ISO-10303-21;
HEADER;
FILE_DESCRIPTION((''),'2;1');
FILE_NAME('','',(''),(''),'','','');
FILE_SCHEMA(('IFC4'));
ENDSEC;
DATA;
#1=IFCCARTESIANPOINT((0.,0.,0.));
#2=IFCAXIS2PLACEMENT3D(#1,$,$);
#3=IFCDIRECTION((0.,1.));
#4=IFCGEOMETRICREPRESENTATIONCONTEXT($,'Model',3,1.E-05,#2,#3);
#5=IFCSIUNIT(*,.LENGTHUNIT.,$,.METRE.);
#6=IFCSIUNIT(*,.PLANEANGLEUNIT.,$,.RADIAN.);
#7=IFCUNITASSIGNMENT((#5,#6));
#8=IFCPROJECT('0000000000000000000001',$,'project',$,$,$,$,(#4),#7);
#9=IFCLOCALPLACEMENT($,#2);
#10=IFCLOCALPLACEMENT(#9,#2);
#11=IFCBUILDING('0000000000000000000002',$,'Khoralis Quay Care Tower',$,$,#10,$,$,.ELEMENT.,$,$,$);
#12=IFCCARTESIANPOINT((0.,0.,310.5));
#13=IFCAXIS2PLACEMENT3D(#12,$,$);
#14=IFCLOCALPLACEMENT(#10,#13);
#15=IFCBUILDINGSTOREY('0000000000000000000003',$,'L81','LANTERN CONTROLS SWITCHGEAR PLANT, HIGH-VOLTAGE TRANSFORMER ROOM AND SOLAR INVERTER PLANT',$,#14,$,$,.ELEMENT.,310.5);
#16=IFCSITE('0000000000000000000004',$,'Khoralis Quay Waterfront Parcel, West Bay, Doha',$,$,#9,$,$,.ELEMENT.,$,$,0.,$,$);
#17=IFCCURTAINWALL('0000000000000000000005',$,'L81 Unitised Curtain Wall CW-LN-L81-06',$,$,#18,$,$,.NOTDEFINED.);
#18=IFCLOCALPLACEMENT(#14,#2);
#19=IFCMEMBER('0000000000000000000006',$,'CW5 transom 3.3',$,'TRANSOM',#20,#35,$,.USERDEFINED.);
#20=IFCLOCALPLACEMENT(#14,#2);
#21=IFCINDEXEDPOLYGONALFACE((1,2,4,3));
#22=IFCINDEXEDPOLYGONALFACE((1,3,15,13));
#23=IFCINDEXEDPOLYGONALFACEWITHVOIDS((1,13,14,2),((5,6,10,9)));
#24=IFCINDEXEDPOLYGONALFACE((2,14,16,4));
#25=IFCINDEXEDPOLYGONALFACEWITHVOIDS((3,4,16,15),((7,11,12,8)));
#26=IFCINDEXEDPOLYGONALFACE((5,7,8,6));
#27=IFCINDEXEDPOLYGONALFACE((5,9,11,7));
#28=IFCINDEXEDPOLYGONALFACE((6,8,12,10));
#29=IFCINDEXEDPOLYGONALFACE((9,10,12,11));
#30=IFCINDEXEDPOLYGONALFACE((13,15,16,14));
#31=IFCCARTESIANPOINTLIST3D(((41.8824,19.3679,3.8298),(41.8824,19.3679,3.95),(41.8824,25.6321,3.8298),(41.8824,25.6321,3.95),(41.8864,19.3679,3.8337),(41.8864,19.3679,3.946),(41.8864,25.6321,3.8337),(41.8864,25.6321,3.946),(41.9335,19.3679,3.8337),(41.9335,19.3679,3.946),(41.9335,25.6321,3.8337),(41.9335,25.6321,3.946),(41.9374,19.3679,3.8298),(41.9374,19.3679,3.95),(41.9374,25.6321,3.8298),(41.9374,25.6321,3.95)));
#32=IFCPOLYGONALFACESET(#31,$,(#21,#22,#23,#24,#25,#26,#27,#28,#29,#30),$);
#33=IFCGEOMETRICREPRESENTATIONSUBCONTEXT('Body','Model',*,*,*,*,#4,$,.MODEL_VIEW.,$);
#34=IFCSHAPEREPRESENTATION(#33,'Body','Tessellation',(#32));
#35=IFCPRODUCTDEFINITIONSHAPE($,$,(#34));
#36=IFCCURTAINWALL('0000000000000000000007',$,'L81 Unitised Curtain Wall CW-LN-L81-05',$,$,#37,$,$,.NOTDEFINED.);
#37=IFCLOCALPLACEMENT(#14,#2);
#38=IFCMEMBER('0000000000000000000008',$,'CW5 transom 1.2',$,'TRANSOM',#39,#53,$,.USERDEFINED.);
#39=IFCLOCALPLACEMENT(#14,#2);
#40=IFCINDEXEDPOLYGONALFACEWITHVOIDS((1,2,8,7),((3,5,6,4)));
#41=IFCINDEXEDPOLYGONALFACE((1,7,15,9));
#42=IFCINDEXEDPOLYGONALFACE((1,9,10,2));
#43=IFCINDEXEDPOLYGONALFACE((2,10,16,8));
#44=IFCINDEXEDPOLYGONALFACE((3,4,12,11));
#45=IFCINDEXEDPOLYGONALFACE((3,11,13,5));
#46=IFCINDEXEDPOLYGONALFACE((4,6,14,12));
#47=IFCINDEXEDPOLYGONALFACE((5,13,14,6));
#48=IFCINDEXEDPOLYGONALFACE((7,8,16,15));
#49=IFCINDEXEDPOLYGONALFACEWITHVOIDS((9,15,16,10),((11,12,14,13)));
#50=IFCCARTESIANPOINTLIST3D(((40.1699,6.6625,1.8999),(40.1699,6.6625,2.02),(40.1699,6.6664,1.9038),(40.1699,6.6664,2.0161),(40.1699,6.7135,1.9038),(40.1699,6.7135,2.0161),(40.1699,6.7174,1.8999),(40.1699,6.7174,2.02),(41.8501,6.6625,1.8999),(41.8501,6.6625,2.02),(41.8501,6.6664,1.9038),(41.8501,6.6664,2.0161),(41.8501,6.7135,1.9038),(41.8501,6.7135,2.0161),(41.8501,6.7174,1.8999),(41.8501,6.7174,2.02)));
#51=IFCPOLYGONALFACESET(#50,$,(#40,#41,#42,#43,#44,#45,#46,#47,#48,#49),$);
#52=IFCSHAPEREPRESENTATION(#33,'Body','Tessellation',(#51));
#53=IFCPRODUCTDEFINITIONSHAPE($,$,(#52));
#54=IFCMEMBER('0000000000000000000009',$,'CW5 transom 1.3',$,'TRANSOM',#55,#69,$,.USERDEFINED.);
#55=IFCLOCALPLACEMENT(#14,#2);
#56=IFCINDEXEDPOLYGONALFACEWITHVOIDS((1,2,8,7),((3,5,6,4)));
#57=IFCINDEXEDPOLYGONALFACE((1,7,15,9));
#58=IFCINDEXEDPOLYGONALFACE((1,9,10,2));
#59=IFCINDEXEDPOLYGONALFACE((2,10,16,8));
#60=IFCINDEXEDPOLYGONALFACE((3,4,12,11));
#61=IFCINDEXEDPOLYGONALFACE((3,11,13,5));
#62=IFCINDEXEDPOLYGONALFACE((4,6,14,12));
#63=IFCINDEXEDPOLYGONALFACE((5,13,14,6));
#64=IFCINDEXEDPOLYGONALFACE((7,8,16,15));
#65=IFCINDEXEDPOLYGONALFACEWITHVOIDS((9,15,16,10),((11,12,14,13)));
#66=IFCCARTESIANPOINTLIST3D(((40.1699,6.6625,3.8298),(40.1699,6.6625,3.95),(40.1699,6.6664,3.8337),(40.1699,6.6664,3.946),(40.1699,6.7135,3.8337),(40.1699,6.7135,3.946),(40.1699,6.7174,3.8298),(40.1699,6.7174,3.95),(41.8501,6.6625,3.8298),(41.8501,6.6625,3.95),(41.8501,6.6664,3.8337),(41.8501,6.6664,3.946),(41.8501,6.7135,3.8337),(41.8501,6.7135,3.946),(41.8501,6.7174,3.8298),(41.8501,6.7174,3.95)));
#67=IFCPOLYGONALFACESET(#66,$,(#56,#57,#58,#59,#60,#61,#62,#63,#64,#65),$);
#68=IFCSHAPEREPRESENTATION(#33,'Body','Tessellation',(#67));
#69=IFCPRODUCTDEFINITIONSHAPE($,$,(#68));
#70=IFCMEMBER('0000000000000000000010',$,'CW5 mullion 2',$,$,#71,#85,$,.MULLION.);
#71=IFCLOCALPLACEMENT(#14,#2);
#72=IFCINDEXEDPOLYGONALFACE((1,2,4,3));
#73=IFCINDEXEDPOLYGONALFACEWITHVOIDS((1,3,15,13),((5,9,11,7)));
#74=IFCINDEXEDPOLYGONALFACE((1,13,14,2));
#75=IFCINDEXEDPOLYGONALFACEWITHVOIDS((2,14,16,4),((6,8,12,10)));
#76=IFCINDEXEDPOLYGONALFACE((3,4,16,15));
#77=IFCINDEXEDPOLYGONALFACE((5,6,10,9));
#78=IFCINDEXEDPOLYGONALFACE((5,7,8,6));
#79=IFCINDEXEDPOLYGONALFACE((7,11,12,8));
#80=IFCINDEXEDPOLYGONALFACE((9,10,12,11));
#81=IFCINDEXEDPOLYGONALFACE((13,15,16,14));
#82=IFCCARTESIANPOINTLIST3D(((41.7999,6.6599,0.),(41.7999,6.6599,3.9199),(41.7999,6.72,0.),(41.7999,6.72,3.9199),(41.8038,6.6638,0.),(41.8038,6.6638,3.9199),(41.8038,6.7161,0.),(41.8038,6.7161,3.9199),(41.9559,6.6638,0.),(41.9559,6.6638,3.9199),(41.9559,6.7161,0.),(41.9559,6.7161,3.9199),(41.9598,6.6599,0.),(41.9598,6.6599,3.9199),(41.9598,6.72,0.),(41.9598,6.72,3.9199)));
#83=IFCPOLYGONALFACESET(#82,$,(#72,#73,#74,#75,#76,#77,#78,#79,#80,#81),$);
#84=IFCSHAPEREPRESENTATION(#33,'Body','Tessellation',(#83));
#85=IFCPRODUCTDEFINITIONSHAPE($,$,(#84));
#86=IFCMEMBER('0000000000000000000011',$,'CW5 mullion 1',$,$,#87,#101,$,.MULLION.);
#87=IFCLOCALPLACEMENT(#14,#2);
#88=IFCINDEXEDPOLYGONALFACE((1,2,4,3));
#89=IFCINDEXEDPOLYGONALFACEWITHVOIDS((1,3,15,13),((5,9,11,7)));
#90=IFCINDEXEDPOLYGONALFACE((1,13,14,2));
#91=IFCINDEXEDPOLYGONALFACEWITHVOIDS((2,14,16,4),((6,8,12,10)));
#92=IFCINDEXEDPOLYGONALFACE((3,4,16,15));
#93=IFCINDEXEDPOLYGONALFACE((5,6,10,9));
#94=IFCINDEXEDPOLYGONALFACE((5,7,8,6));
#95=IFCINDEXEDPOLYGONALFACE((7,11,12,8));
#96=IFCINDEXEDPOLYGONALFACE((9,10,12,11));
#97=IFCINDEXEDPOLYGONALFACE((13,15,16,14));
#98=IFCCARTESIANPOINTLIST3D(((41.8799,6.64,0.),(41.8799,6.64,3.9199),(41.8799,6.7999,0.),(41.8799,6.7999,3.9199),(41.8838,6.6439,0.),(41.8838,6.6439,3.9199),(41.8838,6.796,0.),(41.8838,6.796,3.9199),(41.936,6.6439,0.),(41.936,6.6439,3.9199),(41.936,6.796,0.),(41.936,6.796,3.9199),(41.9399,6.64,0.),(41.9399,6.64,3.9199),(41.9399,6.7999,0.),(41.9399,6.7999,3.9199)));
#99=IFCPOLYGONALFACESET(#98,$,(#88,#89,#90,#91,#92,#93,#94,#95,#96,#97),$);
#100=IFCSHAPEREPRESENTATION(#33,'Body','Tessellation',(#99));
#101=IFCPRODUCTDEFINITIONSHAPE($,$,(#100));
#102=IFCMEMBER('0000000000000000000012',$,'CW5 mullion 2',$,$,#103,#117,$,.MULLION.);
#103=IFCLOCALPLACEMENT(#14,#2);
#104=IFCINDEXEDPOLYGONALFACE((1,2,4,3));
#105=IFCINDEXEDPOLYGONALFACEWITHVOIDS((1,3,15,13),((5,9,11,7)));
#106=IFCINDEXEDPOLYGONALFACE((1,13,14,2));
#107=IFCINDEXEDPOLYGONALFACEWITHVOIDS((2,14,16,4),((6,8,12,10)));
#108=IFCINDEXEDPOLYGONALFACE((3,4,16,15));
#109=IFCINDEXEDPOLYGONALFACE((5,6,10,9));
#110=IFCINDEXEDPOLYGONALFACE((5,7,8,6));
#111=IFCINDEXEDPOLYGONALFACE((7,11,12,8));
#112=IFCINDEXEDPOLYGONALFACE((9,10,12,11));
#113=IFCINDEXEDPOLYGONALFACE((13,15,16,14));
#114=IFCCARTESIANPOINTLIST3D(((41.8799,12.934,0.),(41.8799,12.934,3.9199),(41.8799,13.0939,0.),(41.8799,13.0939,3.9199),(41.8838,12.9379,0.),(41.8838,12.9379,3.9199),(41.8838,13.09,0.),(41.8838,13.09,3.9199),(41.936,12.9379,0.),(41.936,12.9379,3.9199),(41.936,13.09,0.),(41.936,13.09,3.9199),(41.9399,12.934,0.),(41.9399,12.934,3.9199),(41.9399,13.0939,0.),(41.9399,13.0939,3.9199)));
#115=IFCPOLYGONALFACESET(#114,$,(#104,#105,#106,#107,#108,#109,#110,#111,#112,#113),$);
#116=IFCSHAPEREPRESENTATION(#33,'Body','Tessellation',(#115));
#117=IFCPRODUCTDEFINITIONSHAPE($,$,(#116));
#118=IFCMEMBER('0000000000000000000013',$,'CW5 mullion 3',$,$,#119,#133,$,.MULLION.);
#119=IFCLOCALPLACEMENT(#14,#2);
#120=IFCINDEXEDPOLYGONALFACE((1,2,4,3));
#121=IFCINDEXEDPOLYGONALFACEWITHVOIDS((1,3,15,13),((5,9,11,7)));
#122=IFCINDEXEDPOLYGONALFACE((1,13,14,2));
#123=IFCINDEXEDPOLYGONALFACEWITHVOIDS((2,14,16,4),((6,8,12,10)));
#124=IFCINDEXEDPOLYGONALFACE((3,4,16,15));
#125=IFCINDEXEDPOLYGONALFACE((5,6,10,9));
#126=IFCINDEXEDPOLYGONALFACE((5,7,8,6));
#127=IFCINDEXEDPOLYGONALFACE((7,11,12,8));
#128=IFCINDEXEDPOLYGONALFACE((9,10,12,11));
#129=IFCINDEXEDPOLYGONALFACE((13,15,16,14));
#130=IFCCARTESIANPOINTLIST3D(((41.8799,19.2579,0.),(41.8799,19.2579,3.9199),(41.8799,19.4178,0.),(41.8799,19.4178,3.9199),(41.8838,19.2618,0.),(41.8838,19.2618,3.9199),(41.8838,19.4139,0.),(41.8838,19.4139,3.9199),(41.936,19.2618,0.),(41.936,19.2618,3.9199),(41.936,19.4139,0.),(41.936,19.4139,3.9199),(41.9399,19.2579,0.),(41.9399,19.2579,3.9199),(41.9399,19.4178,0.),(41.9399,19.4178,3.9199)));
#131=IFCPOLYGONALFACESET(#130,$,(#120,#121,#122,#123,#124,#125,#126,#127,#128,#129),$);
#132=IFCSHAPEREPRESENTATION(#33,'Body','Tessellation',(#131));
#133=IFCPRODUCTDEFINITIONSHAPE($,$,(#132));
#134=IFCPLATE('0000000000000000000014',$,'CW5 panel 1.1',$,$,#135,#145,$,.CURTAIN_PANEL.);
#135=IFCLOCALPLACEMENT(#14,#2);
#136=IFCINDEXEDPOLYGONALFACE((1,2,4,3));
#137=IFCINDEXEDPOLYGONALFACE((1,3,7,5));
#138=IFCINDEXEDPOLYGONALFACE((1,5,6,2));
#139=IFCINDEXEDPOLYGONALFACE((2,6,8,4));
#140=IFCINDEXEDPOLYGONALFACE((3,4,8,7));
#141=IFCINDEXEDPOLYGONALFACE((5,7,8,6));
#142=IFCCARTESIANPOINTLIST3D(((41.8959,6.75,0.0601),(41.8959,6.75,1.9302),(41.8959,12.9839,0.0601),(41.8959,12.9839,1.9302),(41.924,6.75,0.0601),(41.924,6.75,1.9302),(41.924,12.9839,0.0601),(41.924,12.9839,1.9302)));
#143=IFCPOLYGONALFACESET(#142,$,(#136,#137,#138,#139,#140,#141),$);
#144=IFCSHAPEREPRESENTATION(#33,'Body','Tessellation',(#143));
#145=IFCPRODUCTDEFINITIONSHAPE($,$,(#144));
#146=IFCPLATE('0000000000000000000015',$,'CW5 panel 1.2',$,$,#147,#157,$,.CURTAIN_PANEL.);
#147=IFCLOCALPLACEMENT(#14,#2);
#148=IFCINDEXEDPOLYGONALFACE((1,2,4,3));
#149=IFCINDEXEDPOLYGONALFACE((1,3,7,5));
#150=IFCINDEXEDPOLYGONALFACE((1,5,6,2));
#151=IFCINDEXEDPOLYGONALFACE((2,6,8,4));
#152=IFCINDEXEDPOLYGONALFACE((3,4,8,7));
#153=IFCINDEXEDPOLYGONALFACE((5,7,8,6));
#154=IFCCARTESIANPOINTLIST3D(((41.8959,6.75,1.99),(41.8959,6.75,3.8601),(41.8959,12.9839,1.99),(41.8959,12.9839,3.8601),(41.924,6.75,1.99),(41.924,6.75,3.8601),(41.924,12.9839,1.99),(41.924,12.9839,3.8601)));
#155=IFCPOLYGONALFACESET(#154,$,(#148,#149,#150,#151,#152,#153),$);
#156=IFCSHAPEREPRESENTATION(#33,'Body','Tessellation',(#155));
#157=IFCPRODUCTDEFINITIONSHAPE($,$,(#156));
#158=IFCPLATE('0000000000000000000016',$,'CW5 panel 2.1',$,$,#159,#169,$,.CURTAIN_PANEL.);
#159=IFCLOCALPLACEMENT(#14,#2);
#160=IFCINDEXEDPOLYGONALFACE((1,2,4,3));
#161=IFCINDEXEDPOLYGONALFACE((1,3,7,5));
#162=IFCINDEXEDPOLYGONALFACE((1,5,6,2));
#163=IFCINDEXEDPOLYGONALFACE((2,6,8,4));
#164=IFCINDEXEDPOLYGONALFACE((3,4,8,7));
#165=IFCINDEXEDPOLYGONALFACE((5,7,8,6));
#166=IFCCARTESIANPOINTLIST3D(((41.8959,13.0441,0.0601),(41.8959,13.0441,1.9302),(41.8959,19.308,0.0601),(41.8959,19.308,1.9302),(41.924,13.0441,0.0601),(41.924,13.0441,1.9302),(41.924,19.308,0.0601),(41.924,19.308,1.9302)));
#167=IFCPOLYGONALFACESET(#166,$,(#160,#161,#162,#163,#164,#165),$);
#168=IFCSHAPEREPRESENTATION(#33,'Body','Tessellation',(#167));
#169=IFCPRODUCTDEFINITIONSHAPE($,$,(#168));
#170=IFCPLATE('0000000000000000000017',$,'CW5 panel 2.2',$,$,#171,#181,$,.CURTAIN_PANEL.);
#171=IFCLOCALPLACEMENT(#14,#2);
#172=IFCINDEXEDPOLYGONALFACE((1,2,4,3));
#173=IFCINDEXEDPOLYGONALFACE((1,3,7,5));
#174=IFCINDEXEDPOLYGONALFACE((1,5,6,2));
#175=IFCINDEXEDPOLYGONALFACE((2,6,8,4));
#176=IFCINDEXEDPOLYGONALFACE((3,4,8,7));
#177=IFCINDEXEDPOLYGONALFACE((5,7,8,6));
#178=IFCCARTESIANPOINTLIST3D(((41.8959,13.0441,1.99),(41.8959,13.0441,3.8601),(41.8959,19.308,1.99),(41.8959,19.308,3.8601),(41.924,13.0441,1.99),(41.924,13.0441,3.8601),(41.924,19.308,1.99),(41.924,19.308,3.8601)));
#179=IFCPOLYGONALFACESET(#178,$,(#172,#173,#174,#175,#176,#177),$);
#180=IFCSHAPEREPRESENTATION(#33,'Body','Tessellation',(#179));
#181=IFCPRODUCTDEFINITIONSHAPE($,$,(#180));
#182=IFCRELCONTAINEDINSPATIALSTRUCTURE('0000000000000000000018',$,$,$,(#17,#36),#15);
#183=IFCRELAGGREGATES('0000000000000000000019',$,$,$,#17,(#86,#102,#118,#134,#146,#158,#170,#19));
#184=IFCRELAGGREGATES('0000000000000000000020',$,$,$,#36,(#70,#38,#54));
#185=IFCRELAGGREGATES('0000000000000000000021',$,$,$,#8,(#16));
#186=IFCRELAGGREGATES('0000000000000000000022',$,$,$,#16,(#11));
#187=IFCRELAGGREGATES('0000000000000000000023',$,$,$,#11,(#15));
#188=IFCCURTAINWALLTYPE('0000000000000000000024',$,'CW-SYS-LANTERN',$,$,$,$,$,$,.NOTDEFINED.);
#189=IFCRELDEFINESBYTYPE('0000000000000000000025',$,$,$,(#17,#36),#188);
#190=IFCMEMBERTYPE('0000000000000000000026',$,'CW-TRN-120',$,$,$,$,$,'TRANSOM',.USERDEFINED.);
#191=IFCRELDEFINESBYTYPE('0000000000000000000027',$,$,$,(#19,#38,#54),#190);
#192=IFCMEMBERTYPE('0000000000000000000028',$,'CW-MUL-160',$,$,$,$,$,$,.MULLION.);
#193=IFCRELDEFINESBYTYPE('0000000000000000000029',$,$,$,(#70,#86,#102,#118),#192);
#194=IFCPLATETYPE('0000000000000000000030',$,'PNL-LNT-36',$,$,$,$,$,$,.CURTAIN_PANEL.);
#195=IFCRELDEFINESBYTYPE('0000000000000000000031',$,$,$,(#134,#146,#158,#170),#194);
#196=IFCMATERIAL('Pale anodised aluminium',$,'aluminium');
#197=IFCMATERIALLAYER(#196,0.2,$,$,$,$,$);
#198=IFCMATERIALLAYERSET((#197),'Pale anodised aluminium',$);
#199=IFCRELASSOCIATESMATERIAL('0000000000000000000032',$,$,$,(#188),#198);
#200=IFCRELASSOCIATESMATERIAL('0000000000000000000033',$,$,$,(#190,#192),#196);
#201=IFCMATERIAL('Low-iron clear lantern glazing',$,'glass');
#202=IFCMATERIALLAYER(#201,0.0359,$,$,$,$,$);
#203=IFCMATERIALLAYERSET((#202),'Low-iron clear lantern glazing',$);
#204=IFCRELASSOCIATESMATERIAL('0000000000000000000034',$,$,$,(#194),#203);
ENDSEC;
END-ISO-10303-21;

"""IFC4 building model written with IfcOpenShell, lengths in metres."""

from ifc_helpers import new_model, si_unit, direction, frame, origin, origin_2d, place, context, subcontext, project, spatial, rectangle, hollow_rectangle, extrude, source, transform, mapped, material, layer, layer_set, material_profile, profile_set, type_object, element, aggregate, save


model = new_model("IFC4")

# Units and contexts
model_context = context("Model", 3, precision=1e-05, world=origin(), true_north=direction((0.0, 1.0)))
body_context = subcontext(model_context, "Body", "Model", "MODEL_VIEW")
ifc_project = project(units=[si_unit("LENGTHUNIT", "METRE"), si_unit("PLANEANGLEUNIT", "RADIAN")], contexts=[model_context])

# Site, building, storey
site_placement = place(None, origin())
site = spatial("IfcSite", under=ifc_project, at=site_placement, Name="Khoralis Quay Waterfront Parcel, West Bay, Doha", CompositionType="ELEMENT", RefElevation=0.0)
building_placement = place(site_placement, origin())
building = spatial("IfcBuilding", under=site, at=building_placement, Name="Khoralis Quay Care Tower", CompositionType="ELEMENT")
storey_placement = place(building_placement, frame((0.0, 0.0, 310.5)))
storey = spatial("IfcBuildingStorey", under=building, at=storey_placement, Name="L81", Description="LANTERN CONTROLS SWITCHGEAR PLANT, HIGH-VOLTAGE TRANSFORMER ROOM AND SOLAR INVERTER PLANT", CompositionType="ELEMENT", Elevation=310.5)

# Curtain walls, members
ifc_material_1 = material(Name="Pale anodised aluminium", Category="aluminium")
ifc_layer_1 = layer(ifc_material_1, 0.2)
ifc_layer_set_1 = layer_set([ifc_layer_1], Name="Pale anodised aluminium")
curtain_wall_type = type_object("IfcCurtainWallType", Name="CW-SYS-LANTERN", PredefinedType="NOTDEFINED", material=ifc_layer_set_1)
curtain_wall_1_placement = place(storey_placement, origin())
curtain_wall_1 = element("IfcCurtainWall", 1, at=curtain_wall_1_placement, inside=storey, type_object=curtain_wall_type, Name="L81 Unitised Curtain Wall CW-LN-L81-06", PredefinedType="NOTDEFINED")
ifc_material_profile_1 = material_profile(ifc_material_1, hollow_rectangle(XDim=0.0549, YDim=0.1201, WallThickness=0.0039, at=origin_2d()), Name="Pale anodised aluminium")
ifc_profile_set_1 = profile_set([ifc_material_profile_1], Name="Pale anodised aluminium")
member_type_1 = type_object("IfcMemberType", Name="CW-TRN-120", ElementType="TRANSOM", PredefinedType="USERDEFINED", material=ifc_profile_set_1)
shared_shape_1 = source(origin(), body_context, "Body", "SweptSolid", [
    extrude(hollow_rectangle(XDim=0.0549, YDim=0.1201, WallThickness=0.0039, at=origin_2d()), origin(), (0.0, 0.0, 1.0), 6.2642),
])
member_1_placement = place(storey_placement, frame((41.9099, 19.3679, 3.8899), z_axis=(0.0, 1.0, 0.0), x_axis=(-1.0, 0.0, 0.0)))
member_1 = element("IfcMember", 2, at=member_1_placement, type_object=member_type_1, Name="CW5 transom 3.3", ObjectType="TRANSOM", PredefinedType="USERDEFINED", context=body_context, shape_type="MappedRepresentation", body=[
    mapped(shared_shape_1, transform((0.0, 0.0, 0.0), scale=1.0)),
])
curtain_wall_2_placement = place(storey_placement, origin())
curtain_wall_2 = element("IfcCurtainWall", 3, at=curtain_wall_2_placement, inside=storey, type_object=curtain_wall_type, Name="L81 Unitised Curtain Wall CW-LN-L81-05", PredefinedType="NOTDEFINED")
shared_shape_2 = source(origin(), body_context, "Body", "SweptSolid", [
    extrude(hollow_rectangle(XDim=0.0549, YDim=0.1201, WallThickness=0.0039, at=origin_2d()), origin(), (0.0, 0.0, 1.0), 1.6802),
])
member_2_placement = place(storey_placement, frame((40.1699, 6.6899, 1.96), z_axis=(1.0, 0.0, 0.0), x_axis=(0.0, 1.0, 0.0)))
member_2 = element("IfcMember", 4, at=member_2_placement, type_object=member_type_1, Name="CW5 transom 1.2", ObjectType="TRANSOM", PredefinedType="USERDEFINED", context=body_context, shape_type="MappedRepresentation", body=[
    mapped(shared_shape_2, transform((0.0, 0.0, 0.0), scale=1.0)),
])
member_3_placement = place(storey_placement, frame((40.1699, 6.6899, 3.8899), z_axis=(1.0, 0.0, 0.0), x_axis=(0.0, 1.0, 0.0)))
member_3 = element("IfcMember", 5, at=member_3_placement, type_object=member_type_1, Name="CW5 transom 1.3", ObjectType="TRANSOM", PredefinedType="USERDEFINED", context=body_context, shape_type="MappedRepresentation", body=[
    mapped(shared_shape_2, transform((0.0, 0.0, 0.0), scale=1.0)),
])
ifc_material_profile_2 = material_profile(ifc_material_1, hollow_rectangle(XDim=0.0601, YDim=0.1599, WallThickness=0.0039, at=origin_2d()), Name="Pale anodised aluminium")
ifc_profile_set_2 = profile_set([ifc_material_profile_2], Name="Pale anodised aluminium")
member_type_2 = type_object("IfcMemberType", Name="CW-MUL-160", PredefinedType="MULLION", material=ifc_profile_set_2)
shared_shape_3 = source(origin(), body_context, "Body", "SweptSolid", [
    extrude(hollow_rectangle(XDim=0.0601, YDim=0.1599, WallThickness=0.0039, at=origin_2d()), origin(), (0.0, 0.0, 1.0), 3.9199),
])
member_4_placement = place(storey_placement, frame((41.8799, 6.6899, 0.0), z_axis=(0.0, 0.0, 1.0), x_axis=(0.0, 1.0, 0.0)))
member_4 = element("IfcMember", 6, at=member_4_placement, type_object=member_type_2, Name="CW5 mullion 2", PredefinedType="MULLION", context=body_context, shape_type="MappedRepresentation", body=[
    mapped(shared_shape_3, transform((0.0, 0.0, 0.0), scale=1.0)),
])

# Members
member_5_placement = place(storey_placement, frame((41.9099, 6.72, 0.0), z_axis=(0.0, 0.0, 1.0), x_axis=(-1.0, 0.0, 0.0)))
member_5 = element("IfcMember", 7, at=member_5_placement, type_object=member_type_2, Name="CW5 mullion 1", PredefinedType="MULLION", context=body_context, shape_type="MappedRepresentation", body=[
    mapped(shared_shape_3, transform((0.0, 0.0, 0.0), scale=1.0)),
])
member_6_placement = place(storey_placement, frame((41.9099, 13.0139, 0.0), z_axis=(0.0, 0.0, 1.0), x_axis=(-1.0, 0.0, 0.0)))
member_6 = element("IfcMember", 8, at=member_6_placement, type_object=member_type_2, Name="CW5 mullion 2", PredefinedType="MULLION", context=body_context, shape_type="MappedRepresentation", body=[
    mapped(shared_shape_3, transform((0.0, 0.0, 0.0), scale=1.0)),
])
member_7_placement = place(storey_placement, frame((41.9099, 19.3379, 0.0), z_axis=(0.0, 0.0, 1.0), x_axis=(-1.0, 0.0, 0.0)))
member_7 = element("IfcMember", 9, at=member_7_placement, type_object=member_type_2, Name="CW5 mullion 3", PredefinedType="MULLION", context=body_context, shape_type="MappedRepresentation", body=[
    mapped(shared_shape_3, transform((0.0, 0.0, 0.0), scale=1.0)),
])

# Plates
ifc_material_2 = material(Name="Low-iron clear lantern glazing", Category="glass")
ifc_layer_2 = layer(ifc_material_2, 0.0359)
ifc_layer_set_2 = layer_set([ifc_layer_2], Name="Low-iron clear lantern glazing")
plate_type = type_object("IfcPlateType", Name="PNL-LNT-36", PredefinedType="CURTAIN_PANEL", material=ifc_layer_set_2)
shared_shape_4 = source(origin(), body_context, "Body", "SweptSolid", [
    extrude(rectangle(XDim=6.2339, YDim=0.0281, at=origin_2d()), origin(), (0.0, 0.0, 1.0), 1.8701),
])
plate_1_placement = place(storey_placement, frame((41.9099, 9.8669, 0.0601), z_axis=(0.0, 0.0, 1.0), x_axis=(0.0, 1.0, 0.0)))
plate_1 = element("IfcPlate", 10, at=plate_1_placement, type_object=plate_type, Name="CW5 panel 1.1", PredefinedType="CURTAIN_PANEL", context=body_context, shape_type="MappedRepresentation", body=[
    mapped(shared_shape_4, transform((0.0, 0.0, 0.0), scale=1.0)),
])
plate_2_placement = place(storey_placement, frame((41.9099, 9.8669, 1.99), z_axis=(0.0, 0.0, 1.0), x_axis=(0.0, 1.0, 0.0)))
plate_2 = element("IfcPlate", 11, at=plate_2_placement, type_object=plate_type, Name="CW5 panel 1.2", PredefinedType="CURTAIN_PANEL", context=body_context, shape_type="MappedRepresentation", body=[
    mapped(shared_shape_4, transform((0.0, 0.0, 0.0), scale=1.0)),
])
shared_shape_5 = source(origin(), body_context, "Body", "SweptSolid", [
    extrude(rectangle(XDim=6.2639, YDim=0.0281, at=origin_2d()), origin(), (0.0, 0.0, 1.0), 1.8701),
])
plate_3_placement = place(storey_placement, frame((41.9099, 16.176, 0.0601), z_axis=(0.0, 0.0, 1.0), x_axis=(0.0, 1.0, 0.0)))
plate_3 = element("IfcPlate", 12, at=plate_3_placement, type_object=plate_type, Name="CW5 panel 2.1", PredefinedType="CURTAIN_PANEL", context=body_context, shape_type="MappedRepresentation", body=[
    mapped(shared_shape_5, transform((0.0, 0.0, 0.0), scale=1.0)),
])
plate_4_placement = place(storey_placement, frame((41.9099, 16.176, 1.99), z_axis=(0.0, 0.0, 1.0), x_axis=(0.0, 1.0, 0.0)))
plate_4 = element("IfcPlate", 13, at=plate_4_placement, type_object=plate_type, Name="CW5 panel 2.2", PredefinedType="CURTAIN_PANEL", context=body_context, shape_type="MappedRepresentation", body=[
    mapped(shared_shape_5, transform((0.0, 0.0, 0.0), scale=1.0)),
])
aggregate(curtain_wall_1, [member_5, member_6, member_7, plate_1, plate_2, plate_3, plate_4, member_1])
aggregate(curtain_wall_2, [member_4, member_2, member_3])

save(model, "model.ifc")
